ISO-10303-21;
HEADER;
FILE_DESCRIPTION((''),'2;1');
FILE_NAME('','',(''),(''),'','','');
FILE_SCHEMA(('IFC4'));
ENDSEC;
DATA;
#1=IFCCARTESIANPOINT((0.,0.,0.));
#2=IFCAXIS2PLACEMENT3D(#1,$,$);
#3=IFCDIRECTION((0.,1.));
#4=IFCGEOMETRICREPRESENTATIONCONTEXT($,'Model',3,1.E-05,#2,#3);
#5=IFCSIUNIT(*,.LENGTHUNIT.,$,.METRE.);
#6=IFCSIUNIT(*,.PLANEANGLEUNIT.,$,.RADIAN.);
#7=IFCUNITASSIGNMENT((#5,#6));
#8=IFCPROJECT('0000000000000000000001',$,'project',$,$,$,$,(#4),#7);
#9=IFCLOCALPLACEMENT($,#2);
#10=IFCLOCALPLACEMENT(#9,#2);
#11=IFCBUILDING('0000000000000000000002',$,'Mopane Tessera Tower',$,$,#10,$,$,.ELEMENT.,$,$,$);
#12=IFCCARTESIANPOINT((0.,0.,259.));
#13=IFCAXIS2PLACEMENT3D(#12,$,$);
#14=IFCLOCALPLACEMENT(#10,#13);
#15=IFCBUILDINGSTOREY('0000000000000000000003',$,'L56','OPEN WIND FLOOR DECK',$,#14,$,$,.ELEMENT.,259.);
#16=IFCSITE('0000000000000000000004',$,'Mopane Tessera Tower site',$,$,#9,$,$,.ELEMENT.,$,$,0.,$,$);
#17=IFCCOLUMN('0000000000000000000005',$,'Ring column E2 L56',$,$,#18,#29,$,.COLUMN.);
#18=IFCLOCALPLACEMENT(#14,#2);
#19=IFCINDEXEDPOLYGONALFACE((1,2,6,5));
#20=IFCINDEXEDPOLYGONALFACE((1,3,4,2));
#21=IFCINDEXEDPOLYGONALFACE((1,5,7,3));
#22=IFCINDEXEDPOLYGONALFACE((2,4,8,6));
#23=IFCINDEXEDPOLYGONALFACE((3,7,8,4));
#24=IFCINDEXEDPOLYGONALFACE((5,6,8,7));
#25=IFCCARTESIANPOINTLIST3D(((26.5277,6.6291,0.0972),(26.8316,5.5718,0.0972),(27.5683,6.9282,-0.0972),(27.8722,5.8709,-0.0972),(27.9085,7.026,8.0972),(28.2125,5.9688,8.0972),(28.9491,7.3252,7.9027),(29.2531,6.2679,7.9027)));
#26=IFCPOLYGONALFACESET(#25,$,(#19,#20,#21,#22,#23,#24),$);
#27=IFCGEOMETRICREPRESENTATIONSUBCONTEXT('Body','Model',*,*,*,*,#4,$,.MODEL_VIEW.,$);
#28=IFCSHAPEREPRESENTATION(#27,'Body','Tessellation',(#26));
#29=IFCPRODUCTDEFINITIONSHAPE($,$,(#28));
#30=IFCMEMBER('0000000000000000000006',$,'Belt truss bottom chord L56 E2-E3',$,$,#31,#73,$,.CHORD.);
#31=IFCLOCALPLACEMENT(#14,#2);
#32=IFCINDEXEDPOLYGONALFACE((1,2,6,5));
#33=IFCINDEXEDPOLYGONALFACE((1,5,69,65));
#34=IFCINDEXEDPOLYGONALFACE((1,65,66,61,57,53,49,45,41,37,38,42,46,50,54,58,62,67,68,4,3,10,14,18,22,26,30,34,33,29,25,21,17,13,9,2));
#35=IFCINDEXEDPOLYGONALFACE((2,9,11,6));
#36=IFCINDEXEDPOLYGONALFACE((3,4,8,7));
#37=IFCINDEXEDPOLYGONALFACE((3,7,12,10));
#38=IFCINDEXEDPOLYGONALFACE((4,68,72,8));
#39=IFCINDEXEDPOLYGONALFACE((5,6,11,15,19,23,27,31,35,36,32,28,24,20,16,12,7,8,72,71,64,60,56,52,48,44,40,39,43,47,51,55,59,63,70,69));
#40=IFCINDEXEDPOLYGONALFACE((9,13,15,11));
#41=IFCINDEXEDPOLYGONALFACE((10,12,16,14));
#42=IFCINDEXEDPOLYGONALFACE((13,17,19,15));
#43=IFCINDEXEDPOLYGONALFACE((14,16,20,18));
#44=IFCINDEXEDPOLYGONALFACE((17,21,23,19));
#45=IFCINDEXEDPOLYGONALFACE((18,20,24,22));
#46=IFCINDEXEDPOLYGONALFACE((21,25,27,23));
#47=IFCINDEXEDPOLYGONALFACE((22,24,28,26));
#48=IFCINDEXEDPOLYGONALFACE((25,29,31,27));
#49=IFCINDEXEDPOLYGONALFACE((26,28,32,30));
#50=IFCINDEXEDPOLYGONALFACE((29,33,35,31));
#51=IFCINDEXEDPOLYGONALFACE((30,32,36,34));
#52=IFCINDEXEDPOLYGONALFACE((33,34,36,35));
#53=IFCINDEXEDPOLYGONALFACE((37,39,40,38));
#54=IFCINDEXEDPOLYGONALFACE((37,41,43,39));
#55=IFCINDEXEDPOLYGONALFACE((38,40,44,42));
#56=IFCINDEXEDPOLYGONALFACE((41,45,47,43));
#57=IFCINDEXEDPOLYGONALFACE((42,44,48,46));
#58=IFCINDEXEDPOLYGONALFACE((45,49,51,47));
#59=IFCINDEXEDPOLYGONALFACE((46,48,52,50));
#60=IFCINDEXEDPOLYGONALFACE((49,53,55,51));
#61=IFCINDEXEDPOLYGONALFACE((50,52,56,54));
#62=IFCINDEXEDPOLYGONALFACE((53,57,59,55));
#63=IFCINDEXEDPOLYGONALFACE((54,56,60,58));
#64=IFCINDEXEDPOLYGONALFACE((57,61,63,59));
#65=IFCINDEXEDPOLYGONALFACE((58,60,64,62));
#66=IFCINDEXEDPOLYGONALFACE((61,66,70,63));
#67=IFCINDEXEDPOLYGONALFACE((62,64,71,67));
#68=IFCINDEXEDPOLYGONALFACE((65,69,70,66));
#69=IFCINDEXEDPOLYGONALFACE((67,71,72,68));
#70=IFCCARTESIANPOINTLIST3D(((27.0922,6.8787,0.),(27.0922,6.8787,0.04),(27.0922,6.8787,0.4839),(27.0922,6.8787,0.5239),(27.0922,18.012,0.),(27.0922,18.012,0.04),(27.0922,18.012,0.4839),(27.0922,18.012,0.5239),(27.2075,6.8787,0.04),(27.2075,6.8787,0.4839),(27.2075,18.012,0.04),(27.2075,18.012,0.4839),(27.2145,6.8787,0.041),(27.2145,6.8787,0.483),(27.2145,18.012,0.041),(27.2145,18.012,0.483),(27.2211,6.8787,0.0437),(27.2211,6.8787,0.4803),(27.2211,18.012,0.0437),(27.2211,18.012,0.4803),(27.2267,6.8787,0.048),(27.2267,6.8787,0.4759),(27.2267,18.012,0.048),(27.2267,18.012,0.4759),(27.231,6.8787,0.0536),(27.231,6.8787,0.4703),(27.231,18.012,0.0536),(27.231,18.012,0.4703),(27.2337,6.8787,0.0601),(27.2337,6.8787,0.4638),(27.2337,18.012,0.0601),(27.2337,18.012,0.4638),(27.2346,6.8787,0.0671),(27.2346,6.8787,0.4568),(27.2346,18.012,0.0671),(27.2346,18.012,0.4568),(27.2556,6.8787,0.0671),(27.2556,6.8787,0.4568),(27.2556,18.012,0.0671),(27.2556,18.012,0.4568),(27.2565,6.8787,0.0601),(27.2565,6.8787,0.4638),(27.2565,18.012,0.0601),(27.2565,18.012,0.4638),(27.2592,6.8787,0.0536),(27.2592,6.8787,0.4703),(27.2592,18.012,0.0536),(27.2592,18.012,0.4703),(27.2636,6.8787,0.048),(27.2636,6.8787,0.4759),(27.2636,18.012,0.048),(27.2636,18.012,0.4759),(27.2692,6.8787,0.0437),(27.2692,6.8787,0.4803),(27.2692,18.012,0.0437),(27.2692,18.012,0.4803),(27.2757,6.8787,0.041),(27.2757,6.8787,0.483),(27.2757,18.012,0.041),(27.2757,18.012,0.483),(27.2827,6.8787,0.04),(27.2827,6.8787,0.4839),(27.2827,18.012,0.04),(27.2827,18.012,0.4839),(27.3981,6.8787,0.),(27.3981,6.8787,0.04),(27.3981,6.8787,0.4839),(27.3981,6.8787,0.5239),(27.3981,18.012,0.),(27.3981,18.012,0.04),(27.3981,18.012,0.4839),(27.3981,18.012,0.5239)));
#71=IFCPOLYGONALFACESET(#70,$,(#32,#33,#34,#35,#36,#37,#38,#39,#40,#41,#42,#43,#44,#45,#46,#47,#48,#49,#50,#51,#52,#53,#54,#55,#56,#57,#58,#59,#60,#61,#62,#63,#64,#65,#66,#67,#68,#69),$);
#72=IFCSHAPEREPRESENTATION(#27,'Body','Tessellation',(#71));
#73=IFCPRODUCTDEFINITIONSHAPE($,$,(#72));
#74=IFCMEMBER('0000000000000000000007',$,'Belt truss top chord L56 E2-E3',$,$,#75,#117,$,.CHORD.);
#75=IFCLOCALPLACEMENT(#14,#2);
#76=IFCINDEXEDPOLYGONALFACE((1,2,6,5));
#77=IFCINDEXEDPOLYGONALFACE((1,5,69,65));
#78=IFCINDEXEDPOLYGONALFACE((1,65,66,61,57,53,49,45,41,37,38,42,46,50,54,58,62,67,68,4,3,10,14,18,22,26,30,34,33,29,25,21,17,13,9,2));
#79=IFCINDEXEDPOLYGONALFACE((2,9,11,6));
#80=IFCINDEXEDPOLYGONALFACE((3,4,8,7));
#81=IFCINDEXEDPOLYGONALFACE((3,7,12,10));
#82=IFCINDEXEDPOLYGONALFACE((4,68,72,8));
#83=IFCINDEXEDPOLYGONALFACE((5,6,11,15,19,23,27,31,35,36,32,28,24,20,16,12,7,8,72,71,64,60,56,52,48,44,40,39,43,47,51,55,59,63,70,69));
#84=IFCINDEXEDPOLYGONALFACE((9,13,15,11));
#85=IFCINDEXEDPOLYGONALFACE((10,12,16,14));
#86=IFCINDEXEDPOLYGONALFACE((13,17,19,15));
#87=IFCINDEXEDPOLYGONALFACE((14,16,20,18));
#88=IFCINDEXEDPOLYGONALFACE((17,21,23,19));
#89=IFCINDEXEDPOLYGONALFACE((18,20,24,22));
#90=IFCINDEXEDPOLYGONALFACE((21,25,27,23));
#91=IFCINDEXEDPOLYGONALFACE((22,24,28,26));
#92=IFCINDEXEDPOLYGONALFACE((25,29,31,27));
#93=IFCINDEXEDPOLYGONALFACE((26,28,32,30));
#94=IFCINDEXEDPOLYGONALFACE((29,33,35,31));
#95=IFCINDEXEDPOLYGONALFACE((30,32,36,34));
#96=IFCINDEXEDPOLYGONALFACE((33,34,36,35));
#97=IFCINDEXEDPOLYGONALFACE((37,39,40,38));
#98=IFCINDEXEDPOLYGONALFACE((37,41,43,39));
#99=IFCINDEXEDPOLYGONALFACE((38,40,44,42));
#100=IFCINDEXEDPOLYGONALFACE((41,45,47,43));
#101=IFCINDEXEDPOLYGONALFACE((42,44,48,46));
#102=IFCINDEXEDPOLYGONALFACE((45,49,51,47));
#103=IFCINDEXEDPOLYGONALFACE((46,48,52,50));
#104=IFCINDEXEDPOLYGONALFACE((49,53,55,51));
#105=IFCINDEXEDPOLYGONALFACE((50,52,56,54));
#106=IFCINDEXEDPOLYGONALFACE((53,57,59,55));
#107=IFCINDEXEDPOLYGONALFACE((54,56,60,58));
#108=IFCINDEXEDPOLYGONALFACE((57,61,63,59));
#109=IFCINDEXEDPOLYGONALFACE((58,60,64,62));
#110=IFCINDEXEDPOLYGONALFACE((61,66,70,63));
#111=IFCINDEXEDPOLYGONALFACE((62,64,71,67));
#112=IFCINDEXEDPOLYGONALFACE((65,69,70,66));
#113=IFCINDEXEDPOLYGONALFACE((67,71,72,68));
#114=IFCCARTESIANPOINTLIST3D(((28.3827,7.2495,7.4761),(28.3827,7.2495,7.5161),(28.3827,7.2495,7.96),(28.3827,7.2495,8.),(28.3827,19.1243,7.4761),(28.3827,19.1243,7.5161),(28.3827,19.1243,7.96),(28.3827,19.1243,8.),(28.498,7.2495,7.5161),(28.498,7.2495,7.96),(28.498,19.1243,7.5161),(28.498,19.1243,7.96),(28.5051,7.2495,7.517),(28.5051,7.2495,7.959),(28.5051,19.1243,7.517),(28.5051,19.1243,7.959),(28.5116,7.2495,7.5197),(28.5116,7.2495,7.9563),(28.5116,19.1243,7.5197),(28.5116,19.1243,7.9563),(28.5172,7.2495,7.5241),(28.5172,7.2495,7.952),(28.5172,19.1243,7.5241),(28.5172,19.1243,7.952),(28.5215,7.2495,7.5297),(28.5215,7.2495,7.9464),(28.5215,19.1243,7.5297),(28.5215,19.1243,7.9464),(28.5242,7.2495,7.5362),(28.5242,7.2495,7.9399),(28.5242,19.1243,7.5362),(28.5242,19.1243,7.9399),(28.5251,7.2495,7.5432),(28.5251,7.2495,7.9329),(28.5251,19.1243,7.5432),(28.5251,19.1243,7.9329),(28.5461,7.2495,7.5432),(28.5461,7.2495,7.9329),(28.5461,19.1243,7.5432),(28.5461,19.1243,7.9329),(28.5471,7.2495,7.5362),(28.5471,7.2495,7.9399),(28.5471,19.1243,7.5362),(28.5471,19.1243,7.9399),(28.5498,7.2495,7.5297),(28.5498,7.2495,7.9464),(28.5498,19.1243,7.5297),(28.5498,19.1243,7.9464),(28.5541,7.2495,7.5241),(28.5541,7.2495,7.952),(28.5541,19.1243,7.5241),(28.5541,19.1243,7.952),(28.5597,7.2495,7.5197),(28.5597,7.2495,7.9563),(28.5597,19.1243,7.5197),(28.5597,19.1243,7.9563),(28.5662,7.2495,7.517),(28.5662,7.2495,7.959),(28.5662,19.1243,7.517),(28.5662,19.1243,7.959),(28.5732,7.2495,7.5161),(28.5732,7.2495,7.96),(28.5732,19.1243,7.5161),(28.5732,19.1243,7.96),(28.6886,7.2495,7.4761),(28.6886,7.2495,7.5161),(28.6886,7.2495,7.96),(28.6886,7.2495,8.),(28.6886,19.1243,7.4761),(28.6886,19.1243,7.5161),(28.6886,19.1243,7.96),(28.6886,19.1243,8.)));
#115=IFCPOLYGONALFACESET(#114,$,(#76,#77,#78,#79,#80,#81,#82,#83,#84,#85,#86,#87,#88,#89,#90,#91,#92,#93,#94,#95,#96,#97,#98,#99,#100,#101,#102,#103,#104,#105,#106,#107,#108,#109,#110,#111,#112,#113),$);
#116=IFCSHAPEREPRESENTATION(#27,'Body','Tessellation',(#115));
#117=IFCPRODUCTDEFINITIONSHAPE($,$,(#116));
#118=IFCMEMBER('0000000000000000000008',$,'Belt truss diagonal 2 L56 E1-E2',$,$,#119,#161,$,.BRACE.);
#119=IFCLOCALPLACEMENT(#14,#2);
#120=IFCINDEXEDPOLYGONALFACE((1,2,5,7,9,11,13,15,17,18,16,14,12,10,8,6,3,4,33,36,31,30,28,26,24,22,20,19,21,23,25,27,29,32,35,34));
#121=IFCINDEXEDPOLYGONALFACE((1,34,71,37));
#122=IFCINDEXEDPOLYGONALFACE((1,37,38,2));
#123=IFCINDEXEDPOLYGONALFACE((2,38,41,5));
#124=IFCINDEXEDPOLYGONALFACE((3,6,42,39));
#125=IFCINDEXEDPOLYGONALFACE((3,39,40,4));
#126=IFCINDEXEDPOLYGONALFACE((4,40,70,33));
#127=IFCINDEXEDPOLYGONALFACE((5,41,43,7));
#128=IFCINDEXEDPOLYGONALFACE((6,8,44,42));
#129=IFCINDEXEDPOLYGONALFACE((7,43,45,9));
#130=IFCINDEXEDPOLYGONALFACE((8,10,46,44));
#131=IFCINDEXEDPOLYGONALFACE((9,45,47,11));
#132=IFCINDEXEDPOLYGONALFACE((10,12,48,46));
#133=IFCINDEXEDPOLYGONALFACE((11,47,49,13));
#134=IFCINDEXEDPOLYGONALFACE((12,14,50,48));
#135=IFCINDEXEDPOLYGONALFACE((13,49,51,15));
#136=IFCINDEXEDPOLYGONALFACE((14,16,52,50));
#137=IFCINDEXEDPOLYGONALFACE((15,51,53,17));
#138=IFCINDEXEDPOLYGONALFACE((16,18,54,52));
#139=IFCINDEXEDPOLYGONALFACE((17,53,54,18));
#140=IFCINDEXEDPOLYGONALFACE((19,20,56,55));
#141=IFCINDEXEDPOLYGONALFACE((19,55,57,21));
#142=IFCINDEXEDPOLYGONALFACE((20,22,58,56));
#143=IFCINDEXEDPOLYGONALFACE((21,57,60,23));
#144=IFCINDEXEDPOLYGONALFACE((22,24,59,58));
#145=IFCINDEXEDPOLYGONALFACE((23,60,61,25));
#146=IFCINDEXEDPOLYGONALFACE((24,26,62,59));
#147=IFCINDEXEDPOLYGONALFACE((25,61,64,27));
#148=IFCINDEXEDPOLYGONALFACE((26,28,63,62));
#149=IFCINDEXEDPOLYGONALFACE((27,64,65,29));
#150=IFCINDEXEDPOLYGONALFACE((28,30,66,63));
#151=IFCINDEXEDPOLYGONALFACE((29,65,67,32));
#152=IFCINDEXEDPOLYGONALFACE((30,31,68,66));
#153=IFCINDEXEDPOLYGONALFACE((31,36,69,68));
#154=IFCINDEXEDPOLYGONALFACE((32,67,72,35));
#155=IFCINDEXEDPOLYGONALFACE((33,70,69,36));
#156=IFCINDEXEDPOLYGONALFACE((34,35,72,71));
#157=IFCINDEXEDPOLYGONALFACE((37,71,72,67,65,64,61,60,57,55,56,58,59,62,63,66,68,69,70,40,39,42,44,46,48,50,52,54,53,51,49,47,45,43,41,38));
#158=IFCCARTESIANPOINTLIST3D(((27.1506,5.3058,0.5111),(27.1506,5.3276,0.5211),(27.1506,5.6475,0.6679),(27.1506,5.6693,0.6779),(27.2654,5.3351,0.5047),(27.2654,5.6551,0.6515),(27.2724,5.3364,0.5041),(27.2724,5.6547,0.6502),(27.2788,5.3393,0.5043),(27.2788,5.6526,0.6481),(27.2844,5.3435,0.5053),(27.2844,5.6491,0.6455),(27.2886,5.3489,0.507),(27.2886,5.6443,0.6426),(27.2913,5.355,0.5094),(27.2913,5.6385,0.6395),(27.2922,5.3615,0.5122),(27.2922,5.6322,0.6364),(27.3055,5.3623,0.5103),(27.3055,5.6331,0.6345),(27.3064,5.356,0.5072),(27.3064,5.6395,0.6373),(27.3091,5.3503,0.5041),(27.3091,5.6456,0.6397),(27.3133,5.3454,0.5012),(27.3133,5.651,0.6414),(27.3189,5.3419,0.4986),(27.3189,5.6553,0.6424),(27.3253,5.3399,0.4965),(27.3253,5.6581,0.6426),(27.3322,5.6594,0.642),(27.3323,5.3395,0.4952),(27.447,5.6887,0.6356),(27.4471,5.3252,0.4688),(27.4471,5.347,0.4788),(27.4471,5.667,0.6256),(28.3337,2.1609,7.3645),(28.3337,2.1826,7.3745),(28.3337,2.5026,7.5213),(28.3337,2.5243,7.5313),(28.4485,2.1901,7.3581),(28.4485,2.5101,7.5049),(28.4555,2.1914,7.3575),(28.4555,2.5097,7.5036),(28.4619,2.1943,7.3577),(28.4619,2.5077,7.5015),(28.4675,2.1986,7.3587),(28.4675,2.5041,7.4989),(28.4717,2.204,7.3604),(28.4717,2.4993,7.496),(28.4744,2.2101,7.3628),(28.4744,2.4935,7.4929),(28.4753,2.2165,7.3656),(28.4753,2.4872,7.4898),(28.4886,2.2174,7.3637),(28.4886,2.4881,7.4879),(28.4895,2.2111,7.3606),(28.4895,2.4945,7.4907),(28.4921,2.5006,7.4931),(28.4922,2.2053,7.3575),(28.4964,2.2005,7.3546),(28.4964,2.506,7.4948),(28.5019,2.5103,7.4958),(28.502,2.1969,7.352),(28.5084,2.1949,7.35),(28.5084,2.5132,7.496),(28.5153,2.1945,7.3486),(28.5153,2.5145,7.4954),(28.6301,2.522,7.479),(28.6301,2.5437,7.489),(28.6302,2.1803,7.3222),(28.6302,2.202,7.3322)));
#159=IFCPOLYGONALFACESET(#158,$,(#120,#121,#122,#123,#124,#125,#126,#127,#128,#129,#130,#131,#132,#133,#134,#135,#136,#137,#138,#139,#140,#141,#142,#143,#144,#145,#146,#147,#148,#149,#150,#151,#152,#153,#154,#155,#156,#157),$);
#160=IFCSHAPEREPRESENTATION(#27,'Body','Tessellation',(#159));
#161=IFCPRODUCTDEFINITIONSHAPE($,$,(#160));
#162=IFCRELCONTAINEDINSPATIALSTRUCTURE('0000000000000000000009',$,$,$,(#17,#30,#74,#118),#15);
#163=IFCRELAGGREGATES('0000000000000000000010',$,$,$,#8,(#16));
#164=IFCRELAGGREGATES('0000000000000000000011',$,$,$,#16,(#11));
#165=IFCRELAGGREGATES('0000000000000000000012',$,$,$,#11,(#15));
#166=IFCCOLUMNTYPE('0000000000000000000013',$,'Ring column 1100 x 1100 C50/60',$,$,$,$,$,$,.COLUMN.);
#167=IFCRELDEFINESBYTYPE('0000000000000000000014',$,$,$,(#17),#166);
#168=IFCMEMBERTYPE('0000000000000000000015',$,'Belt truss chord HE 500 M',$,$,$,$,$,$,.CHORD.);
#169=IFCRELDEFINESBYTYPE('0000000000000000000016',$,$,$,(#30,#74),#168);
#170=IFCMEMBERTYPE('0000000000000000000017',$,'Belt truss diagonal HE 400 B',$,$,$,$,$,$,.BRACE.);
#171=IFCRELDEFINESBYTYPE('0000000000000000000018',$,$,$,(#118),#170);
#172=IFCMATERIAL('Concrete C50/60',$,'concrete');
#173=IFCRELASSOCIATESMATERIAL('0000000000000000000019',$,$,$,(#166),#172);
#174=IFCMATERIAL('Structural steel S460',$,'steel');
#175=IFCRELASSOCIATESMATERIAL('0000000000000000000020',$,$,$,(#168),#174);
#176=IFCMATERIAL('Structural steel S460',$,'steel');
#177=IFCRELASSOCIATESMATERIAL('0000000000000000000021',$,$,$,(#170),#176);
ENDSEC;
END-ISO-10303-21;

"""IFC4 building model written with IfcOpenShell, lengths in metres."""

from ifc_helpers import new_model, si_unit, direction, frame, origin, origin_2d, place, context, subcontext, project, spatial, rectangle, i_section, extrude, material, material_profile, profile_set, type_object, element, save


model = new_model("IFC4")

# Units and contexts
model_context = context("Model", 3, precision=1e-05, world=origin(), true_north=direction((0.0, 1.0)))
body_context = subcontext(model_context, "Body", "Model", "MODEL_VIEW")
ifc_project = project(units=[si_unit("LENGTHUNIT", "METRE"), si_unit("PLANEANGLEUNIT", "RADIAN")], contexts=[model_context])

# Site, building, storey
site_placement = place(None, origin())
site = spatial("IfcSite", under=ifc_project, at=site_placement, Name="Mopane Tessera Tower site", CompositionType="ELEMENT", RefElevation=0.0)
building_placement = place(site_placement, origin())
building = spatial("IfcBuilding", under=site, at=building_placement, Name="Mopane Tessera Tower", CompositionType="ELEMENT")
storey_placement = place(building_placement, frame((0.0, 0.0, 259.0)))
storey = spatial("IfcBuildingStorey", under=building, at=storey_placement, Name="L56", Description="OPEN WIND FLOOR DECK", CompositionType="ELEMENT", Elevation=259.0)

# Column
ifc_material_1 = material(Name="Concrete C50/60", Category="concrete")
ifc_material_profile_1 = material_profile(ifc_material_1, rectangle(XDim=1.1001, YDim=1.1001, at=origin_2d()))
ifc_profile_set_1 = profile_set([ifc_material_profile_1], Name="Concrete C50/60")
column_type = type_object("IfcColumnType", Name="Ring column 1100 x 1100 C50/60", PredefinedType="COLUMN", material=ifc_profile_set_1)
column_placement = place(storey_placement, frame((27.2, 6.25, 0.0), z_axis=(0.169889, 0.04884, 0.984252), x_axis=(-0.276292, 0.961074, 0.0)))
element("IfcColumn", 1, at=column_placement, inside=storey, type_object=column_type, Name="Ring column E2 L56", PredefinedType="COLUMN", context=body_context, shape_type="SweptSolid", body=[
    extrude(rectangle(XDim=1.1001, YDim=1.1001, at=origin_2d()), origin(), (0.0, 0.0, 1.0), 8.1279),
])

# Members
ifc_material_2 = material(Name="Structural steel S460", Category="steel")
ifc_material_profile_2 = material_profile(ifc_material_2, i_section(OverallWidth=0.3059, OverallDepth=0.5239, WebThickness=0.021, FlangeThickness=0.04, FilletRadius=0.0271, at=origin_2d()))
ifc_profile_set_2 = profile_set([ifc_material_profile_2], Name="Structural steel S460")
member_type_1 = type_object("IfcMemberType", Name="Belt truss chord HE 500 M", PredefinedType="CHORD", material=ifc_profile_set_2)
member_1_placement = place(storey_placement, frame((27.2451, 6.8787, 0.262), z_axis=(0.0, 1.0, 0.0), x_axis=(-1.0, 0.0, 0.0)))
element("IfcMember", 2, at=member_1_placement, inside=storey, type_object=member_type_1, Name="Belt truss bottom chord L56 E2-E3", PredefinedType="CHORD", context=body_context, shape_type="SweptSolid", body=[
    extrude(i_section(OverallWidth=0.3059, OverallDepth=0.5239, WebThickness=0.021, FlangeThickness=0.04, FilletRadius=0.0271, at=origin_2d()), origin(), (0.0, 0.0, 1.0), 11.1333),
])
member_2_placement = place(storey_placement, frame((28.5356, 7.2495, 7.738), z_axis=(0.0, 1.0, 0.0), x_axis=(-1.0, 0.0, 0.0)))
element("IfcMember", 3, at=member_2_placement, inside=storey, type_object=member_type_1, Name="Belt truss top chord L56 E2-E3", PredefinedType="CHORD", context=body_context, shape_type="SweptSolid", body=[
    extrude(i_section(OverallWidth=0.3059, OverallDepth=0.5239, WebThickness=0.021, FlangeThickness=0.04, FilletRadius=0.0271, at=origin_2d()), origin(), (0.0, 0.0, 1.0), 11.8748),
])
ifc_material_3 = material(Name="Structural steel S460", Category="steel")
ifc_material_profile_3 = material_profile(ifc_material_3, i_section(OverallWidth=0.3, OverallDepth=0.3999, WebThickness=0.0134, FlangeThickness=0.0239, FilletRadius=0.0271, at=origin_2d()))
ifc_profile_set_3 = profile_set([ifc_material_profile_3], Name="Structural steel S460")
member_type_2 = type_object("IfcMemberType", Name="Belt truss diagonal HE 400 B", PredefinedType="BRACE", material=ifc_profile_set_3)
member_3_placement = place(storey_placement, frame((28.4819, 2.3523, 7.4268), z_axis=(-0.155, 0.412033, -0.897888), x_axis=(-0.987914, -0.064682, 0.140859)))
element("IfcMember", 4, at=member_3_placement, inside=storey, type_object=member_type_2, Name="Belt truss diagonal 2 L56 E1-E2", PredefinedType="BRACE", context=body_context, shape_type="SweptSolid", body=[
    extrude(i_section(OverallWidth=0.3, OverallDepth=0.3999, WebThickness=0.0134, FlangeThickness=0.0239, FilletRadius=0.0271, at=origin_2d()), origin(), (0.0, 0.0, 1.0), 7.6328),
])

save(model, "model.ifc")
